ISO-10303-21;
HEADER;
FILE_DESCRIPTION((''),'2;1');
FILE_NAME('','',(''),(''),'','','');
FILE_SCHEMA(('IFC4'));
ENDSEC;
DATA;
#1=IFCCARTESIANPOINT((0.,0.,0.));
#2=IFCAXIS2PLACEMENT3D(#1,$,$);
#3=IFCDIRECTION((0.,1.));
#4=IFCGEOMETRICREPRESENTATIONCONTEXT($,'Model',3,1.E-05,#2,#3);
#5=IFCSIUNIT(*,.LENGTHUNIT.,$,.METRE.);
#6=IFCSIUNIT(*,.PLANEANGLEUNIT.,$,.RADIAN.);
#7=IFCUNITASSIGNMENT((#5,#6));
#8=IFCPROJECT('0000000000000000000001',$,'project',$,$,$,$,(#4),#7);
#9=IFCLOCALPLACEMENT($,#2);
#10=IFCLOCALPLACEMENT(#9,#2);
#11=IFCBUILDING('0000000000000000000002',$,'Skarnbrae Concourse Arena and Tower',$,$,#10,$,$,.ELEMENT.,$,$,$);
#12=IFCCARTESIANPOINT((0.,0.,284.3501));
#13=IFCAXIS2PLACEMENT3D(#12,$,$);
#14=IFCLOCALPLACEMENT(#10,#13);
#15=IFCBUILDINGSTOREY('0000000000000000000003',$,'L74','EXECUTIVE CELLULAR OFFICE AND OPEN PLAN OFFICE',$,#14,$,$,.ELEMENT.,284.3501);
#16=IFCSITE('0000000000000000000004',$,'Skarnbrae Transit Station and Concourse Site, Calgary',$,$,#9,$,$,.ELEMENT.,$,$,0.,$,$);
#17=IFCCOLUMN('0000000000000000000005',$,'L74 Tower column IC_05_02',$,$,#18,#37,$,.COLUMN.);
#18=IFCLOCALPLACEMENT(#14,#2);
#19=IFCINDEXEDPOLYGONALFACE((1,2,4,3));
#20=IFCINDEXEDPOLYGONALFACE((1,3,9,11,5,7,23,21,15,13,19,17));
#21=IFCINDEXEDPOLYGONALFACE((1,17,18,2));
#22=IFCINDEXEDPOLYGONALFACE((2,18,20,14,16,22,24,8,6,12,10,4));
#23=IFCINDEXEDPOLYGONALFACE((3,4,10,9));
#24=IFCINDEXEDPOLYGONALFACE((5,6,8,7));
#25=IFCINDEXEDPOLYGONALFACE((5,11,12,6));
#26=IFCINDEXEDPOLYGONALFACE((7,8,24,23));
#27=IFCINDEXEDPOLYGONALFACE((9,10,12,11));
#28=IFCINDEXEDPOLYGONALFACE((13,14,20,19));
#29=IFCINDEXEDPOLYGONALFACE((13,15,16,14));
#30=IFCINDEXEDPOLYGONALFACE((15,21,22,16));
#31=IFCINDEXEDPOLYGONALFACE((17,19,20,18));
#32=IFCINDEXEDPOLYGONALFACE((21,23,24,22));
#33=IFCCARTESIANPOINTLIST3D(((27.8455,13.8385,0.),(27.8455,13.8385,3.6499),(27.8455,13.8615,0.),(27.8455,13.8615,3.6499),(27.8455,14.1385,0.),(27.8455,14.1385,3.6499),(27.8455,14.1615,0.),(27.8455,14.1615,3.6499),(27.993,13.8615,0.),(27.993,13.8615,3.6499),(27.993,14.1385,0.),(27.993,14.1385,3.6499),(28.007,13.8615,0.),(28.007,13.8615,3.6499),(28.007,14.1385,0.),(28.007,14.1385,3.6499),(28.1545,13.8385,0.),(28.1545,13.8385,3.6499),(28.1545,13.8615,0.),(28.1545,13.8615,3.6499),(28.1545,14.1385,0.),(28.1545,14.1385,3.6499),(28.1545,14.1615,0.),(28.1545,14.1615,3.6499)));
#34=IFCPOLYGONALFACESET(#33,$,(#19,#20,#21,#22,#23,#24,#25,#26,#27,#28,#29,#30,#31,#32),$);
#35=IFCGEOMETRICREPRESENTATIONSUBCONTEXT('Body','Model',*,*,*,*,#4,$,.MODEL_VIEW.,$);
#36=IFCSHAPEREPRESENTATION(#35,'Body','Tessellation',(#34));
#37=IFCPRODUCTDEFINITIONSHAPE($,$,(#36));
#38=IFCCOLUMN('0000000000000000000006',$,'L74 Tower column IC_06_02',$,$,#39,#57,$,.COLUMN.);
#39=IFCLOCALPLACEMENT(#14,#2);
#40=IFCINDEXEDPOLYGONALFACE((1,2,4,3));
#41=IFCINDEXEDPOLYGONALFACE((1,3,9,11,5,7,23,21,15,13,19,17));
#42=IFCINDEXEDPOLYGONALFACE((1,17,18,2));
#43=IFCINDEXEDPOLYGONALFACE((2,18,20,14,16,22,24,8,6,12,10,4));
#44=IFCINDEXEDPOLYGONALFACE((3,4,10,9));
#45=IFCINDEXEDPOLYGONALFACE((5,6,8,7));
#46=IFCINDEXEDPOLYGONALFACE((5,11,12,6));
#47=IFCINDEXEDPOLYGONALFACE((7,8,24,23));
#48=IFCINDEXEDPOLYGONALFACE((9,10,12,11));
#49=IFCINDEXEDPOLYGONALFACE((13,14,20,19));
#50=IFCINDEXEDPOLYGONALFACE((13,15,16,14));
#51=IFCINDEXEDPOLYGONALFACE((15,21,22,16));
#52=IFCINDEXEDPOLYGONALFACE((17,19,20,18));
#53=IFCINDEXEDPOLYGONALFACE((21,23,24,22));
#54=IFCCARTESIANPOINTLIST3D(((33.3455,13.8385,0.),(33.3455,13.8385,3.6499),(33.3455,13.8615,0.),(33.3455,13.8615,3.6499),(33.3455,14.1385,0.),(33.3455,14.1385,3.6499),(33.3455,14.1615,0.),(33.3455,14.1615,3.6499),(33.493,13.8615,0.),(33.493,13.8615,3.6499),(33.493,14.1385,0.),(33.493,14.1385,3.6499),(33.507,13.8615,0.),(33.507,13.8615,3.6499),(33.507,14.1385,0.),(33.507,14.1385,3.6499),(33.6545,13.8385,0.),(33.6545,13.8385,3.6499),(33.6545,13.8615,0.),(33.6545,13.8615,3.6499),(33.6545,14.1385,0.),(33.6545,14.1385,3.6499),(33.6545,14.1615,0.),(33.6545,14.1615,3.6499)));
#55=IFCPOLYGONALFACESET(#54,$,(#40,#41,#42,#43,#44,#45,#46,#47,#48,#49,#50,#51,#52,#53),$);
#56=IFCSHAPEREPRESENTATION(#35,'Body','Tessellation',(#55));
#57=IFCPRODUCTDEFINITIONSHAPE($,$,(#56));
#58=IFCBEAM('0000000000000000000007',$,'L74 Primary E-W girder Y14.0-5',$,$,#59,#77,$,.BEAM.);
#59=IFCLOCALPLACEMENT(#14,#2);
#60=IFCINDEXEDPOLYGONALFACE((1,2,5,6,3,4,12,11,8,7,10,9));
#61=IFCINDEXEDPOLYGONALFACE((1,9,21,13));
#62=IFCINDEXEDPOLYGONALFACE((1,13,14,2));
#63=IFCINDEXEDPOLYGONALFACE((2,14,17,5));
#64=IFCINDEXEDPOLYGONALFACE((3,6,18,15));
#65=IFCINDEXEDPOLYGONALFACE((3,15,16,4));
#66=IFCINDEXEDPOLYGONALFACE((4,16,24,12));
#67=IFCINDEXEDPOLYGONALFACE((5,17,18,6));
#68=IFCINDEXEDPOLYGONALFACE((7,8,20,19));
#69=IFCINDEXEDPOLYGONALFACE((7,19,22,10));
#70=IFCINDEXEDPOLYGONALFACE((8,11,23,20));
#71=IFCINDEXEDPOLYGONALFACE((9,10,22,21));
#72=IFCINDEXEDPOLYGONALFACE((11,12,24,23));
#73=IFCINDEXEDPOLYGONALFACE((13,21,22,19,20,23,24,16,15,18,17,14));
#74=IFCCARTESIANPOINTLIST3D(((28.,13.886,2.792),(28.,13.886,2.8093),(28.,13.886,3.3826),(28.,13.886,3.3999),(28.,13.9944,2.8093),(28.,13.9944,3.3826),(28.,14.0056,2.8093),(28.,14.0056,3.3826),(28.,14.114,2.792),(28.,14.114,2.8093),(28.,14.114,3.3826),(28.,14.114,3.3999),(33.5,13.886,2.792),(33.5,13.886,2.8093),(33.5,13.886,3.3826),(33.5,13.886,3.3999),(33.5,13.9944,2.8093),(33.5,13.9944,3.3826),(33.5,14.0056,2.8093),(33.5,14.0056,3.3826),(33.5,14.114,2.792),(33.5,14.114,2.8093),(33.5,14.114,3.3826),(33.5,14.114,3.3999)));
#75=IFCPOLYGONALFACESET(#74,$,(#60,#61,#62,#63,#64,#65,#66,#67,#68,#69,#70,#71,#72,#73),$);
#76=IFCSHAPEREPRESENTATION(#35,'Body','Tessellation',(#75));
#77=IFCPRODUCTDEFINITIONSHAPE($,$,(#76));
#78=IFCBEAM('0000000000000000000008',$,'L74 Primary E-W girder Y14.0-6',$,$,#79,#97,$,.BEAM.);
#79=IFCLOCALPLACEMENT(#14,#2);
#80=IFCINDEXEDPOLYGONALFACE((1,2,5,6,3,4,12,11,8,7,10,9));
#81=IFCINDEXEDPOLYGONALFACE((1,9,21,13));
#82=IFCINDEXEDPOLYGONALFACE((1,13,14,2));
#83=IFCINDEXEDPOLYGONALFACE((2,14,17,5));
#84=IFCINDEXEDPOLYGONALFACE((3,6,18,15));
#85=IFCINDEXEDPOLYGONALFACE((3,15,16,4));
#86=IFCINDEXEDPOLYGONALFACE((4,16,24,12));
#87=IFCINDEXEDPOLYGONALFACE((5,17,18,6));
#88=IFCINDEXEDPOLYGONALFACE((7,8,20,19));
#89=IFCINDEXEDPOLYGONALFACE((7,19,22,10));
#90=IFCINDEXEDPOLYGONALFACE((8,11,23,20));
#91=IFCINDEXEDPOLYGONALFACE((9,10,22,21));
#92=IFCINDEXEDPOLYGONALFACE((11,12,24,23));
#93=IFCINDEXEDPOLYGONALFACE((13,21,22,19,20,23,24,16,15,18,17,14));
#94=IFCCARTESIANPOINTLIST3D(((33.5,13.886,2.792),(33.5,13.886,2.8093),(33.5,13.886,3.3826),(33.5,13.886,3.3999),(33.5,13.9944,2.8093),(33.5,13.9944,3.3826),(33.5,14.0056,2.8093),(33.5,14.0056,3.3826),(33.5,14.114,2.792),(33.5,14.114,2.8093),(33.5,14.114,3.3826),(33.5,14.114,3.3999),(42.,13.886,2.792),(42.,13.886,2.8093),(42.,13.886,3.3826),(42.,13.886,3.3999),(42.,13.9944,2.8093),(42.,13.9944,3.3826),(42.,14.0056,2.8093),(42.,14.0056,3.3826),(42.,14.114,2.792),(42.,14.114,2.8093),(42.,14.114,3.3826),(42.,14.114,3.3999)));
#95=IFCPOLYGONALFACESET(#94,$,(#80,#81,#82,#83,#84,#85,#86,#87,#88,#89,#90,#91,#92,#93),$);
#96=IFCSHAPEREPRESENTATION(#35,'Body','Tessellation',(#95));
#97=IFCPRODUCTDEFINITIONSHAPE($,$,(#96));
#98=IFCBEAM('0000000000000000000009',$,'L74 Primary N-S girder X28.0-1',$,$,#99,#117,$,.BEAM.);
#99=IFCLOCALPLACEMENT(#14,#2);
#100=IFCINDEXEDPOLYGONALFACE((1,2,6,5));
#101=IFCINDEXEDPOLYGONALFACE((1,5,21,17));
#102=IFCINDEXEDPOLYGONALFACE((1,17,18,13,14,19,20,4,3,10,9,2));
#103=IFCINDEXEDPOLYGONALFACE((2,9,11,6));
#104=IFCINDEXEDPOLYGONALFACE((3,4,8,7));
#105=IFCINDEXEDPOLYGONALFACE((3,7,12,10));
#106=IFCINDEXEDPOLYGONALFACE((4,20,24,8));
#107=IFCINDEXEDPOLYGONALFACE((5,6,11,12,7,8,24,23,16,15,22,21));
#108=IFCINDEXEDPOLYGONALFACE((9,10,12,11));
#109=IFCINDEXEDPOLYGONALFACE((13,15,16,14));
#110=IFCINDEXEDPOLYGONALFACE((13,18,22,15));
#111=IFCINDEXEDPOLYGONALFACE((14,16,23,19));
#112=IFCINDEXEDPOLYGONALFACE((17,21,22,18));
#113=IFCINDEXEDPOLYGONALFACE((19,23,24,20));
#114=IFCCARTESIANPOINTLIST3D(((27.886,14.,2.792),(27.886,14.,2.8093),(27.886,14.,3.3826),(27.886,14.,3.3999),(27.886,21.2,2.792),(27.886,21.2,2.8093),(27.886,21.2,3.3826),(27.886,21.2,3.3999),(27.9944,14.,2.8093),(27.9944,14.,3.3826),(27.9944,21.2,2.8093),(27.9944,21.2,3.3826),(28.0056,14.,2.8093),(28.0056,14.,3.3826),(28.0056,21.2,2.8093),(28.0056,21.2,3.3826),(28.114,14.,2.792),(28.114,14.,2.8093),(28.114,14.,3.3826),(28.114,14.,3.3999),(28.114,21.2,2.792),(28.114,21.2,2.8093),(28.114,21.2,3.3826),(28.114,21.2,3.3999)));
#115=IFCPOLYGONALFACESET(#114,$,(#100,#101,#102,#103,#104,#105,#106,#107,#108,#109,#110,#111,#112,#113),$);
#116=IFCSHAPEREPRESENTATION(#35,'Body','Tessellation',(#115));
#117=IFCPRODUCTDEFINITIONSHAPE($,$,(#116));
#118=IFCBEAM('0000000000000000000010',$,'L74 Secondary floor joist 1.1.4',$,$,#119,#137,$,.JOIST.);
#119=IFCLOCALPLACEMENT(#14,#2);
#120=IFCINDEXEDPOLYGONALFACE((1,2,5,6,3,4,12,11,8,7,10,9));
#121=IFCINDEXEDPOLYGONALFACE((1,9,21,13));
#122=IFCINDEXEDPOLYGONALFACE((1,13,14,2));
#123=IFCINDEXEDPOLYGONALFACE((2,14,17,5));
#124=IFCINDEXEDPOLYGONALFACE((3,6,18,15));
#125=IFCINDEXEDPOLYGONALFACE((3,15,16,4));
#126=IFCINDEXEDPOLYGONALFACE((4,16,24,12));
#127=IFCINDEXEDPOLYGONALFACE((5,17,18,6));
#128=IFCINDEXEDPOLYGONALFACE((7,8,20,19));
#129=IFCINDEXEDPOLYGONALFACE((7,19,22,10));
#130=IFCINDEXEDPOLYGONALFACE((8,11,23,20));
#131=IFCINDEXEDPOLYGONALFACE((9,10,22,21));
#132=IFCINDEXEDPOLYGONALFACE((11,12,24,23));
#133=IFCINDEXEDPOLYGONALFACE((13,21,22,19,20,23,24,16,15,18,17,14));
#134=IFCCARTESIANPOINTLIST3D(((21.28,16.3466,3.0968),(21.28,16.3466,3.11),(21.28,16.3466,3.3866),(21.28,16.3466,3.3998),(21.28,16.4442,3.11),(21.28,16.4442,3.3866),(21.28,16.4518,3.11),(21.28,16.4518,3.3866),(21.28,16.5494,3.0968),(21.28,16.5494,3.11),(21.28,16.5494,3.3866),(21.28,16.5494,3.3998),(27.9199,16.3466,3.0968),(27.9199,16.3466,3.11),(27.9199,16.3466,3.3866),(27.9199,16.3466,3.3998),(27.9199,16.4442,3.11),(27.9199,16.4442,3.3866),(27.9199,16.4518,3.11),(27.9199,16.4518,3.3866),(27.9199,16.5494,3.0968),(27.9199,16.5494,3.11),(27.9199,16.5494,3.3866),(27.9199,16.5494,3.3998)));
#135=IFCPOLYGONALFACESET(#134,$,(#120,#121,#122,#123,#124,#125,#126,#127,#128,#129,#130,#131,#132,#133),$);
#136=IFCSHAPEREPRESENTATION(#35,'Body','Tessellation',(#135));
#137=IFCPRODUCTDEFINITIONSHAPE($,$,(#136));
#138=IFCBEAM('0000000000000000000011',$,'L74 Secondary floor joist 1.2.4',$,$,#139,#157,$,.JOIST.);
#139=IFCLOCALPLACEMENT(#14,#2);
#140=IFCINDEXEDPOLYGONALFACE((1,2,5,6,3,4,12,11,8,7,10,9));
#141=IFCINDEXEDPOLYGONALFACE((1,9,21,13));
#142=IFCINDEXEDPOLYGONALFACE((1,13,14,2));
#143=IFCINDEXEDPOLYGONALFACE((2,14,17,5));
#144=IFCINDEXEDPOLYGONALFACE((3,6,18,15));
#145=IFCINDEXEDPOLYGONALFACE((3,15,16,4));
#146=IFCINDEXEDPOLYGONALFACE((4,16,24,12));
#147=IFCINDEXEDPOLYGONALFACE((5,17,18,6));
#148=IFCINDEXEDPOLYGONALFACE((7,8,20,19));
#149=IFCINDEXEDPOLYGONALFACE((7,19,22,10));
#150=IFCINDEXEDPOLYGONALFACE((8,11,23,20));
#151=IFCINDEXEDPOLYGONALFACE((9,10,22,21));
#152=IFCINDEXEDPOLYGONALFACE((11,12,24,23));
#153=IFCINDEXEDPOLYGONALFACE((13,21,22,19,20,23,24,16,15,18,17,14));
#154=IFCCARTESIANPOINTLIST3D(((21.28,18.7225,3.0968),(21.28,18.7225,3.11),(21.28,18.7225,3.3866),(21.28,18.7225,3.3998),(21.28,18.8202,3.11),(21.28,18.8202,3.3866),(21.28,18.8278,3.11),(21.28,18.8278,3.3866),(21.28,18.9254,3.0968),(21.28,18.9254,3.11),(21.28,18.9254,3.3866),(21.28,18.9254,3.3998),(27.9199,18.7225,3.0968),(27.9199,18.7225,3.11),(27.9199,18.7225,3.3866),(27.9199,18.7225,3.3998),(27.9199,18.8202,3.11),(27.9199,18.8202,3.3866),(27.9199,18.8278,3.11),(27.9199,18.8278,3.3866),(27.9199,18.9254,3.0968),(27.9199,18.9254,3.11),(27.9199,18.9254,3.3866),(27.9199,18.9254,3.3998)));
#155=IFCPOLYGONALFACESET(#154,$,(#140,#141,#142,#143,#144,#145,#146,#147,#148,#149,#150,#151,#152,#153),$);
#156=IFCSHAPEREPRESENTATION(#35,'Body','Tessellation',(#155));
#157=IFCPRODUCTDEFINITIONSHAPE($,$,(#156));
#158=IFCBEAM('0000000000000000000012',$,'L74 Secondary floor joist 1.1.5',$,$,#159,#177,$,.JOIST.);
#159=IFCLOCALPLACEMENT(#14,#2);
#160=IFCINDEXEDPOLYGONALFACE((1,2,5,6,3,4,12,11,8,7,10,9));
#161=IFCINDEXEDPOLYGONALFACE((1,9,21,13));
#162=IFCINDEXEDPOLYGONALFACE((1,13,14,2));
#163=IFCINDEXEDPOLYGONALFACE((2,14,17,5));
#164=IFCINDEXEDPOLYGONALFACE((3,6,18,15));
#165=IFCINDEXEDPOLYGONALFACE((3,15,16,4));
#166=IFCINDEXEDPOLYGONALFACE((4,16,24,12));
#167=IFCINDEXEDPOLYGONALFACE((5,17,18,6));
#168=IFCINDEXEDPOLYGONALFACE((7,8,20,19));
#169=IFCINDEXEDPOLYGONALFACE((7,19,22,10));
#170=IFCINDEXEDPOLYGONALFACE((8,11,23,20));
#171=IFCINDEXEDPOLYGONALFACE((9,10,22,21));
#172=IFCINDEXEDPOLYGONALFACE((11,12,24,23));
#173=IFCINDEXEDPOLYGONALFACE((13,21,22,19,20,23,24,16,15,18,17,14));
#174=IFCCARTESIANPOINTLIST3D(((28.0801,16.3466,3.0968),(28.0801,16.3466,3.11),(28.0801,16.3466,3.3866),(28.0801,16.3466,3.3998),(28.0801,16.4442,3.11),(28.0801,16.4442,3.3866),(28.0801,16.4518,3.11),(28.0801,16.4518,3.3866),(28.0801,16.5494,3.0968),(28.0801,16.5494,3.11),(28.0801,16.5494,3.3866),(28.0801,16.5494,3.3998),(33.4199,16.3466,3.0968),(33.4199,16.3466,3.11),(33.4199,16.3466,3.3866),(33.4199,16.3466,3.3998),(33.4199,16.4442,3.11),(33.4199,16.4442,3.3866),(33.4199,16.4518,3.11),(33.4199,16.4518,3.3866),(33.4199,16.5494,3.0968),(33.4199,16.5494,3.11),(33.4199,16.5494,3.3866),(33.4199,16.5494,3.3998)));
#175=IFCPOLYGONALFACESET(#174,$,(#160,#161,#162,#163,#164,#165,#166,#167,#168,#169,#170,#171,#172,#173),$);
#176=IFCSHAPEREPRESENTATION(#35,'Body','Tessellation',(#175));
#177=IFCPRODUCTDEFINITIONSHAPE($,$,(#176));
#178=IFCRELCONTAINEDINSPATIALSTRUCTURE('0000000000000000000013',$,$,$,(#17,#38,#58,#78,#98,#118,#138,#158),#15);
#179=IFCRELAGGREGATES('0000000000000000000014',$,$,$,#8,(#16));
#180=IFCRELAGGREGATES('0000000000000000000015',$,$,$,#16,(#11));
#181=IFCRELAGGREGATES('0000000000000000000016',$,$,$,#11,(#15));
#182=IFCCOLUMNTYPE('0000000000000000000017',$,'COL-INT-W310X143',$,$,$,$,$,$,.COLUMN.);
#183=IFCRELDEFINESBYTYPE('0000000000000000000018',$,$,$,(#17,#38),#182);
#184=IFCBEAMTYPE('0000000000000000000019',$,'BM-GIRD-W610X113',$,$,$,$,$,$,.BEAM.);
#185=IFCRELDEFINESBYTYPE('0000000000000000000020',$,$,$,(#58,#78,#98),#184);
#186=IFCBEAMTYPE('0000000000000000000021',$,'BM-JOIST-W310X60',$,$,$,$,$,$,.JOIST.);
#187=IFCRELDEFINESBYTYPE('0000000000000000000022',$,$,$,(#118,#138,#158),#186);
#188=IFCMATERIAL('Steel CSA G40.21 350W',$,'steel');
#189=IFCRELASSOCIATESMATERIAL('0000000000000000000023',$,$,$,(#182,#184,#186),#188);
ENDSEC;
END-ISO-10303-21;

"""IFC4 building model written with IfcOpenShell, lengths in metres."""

from ifc_helpers import new_model, si_unit, direction, frame, origin, origin_2d, place, context, subcontext, project, spatial, i_section, extrude, source, transform, mapped, material, material_profile, profile_set, type_object, element, save


model = new_model("IFC4")

# Units and contexts
model_context = context("Model", 3, precision=1e-05, world=origin(), true_north=direction((0.0, 1.0)))
body_context = subcontext(model_context, "Body", "Model", "MODEL_VIEW")
ifc_project = project(units=[si_unit("LENGTHUNIT", "METRE"), si_unit("PLANEANGLEUNIT", "RADIAN")], contexts=[model_context])

# Site, building, storey
site_placement = place(None, origin())
site = spatial("IfcSite", under=ifc_project, at=site_placement, Name="Skarnbrae Transit Station and Concourse Site, Calgary", CompositionType="ELEMENT", RefElevation=0.0)
building_placement = place(site_placement, origin())
building = spatial("IfcBuilding", under=site, at=building_placement, Name="Skarnbrae Concourse Arena and Tower", CompositionType="ELEMENT")
storey_placement = place(building_placement, frame((0.0, 0.0, 284.3501)))
storey = spatial("IfcBuildingStorey", under=building, at=storey_placement, Name="L74", Description="EXECUTIVE CELLULAR OFFICE AND OPEN PLAN OFFICE", CompositionType="ELEMENT", Elevation=284.3501)

# Columns
ifc_material_1 = material(Name="Steel CSA G40.21 350W", Category="steel")
ifc_material_profile_1 = material_profile(ifc_material_1, i_section(OverallWidth=0.3091, OverallDepth=0.323, WebThickness=0.0139, FlangeThickness=0.0229, at=origin_2d()), Name="W310X143")
ifc_profile_set_1 = profile_set([ifc_material_profile_1], Name="Steel CSA G40.21 350W")
column_type = type_object("IfcColumnType", Name="COL-INT-W310X143", PredefinedType="COLUMN", material=ifc_profile_set_1)
shared_shape_1 = source(origin(), body_context, "Body", "SweptSolid", [
    extrude(i_section(OverallWidth=0.3091, OverallDepth=0.323, WebThickness=0.0139, FlangeThickness=0.0229, at=origin_2d()), origin(), (0.0, 0.0, 1.0), 3.6499),
])
for number, where, z_axis, x_axis, name in (
    (1, (28.0, 14.0, 0.0), (0.0, 0.0, 1.0), (1.0, 0.0, 0.0), "L74 Tower column IC_05_02"),
    (2, (33.5, 14.0, 0.0), (0.0, 0.0, 1.0), (1.0, 0.0, 0.0), "L74 Tower column IC_06_02"),
):
    element("IfcColumn", number, at=place(storey_placement, frame(where, z_axis=z_axis, x_axis=x_axis)), inside=storey, type_object=column_type, Name=name, PredefinedType="COLUMN", context=body_context, shape_type="MappedRepresentation", body=[
        mapped(shared_shape_1, transform((0.0, 0.0, 0.0))),
    ])

# Beams
ifc_material_profile_2 = material_profile(ifc_material_1, i_section(OverallWidth=0.228, OverallDepth=0.6079, WebThickness=0.0112, FlangeThickness=0.0173, at=origin_2d()), Name="W610X113")
ifc_profile_set_2 = profile_set([ifc_material_profile_2], Name="Steel CSA G40.21 350W")
beam_type_1 = type_object("IfcBeamType", Name="BM-GIRD-W610X113", PredefinedType="BEAM", material=ifc_profile_set_2)
shared_shape_2 = source(origin(), body_context, "Body", "SweptSolid", [
    extrude(i_section(OverallWidth=0.228, OverallDepth=0.6079, WebThickness=0.0112, FlangeThickness=0.0173, at=origin_2d()), origin(), (0.0, 0.0, 1.0), 5.5),
])
beam_1_placement = place(storey_placement, frame((28.0, 14.0, 3.0959), z_axis=(1.0, 0.0, 0.0), x_axis=(0.0, 1.0, 0.0)))
element("IfcBeam", 3, at=beam_1_placement, inside=storey, type_object=beam_type_1, Name="L74 Primary E-W girder Y14.0-5", PredefinedType="BEAM", context=body_context, shape_type="MappedRepresentation", body=[
    mapped(shared_shape_2, transform((0.0, 0.0, 0.0))),
])
shared_shape_3 = source(origin(), body_context, "Body", "SweptSolid", [
    extrude(i_section(OverallWidth=0.228, OverallDepth=0.6079, WebThickness=0.0112, FlangeThickness=0.0173, at=origin_2d()), origin(), (0.0, 0.0, 1.0), 8.5),
])
beam_2_placement = place(storey_placement, frame((33.5, 14.0, 3.0959), z_axis=(1.0, 0.0, 0.0), x_axis=(0.0, 1.0, 0.0)))
element("IfcBeam", 4, at=beam_2_placement, inside=storey, type_object=beam_type_1, Name="L74 Primary E-W girder Y14.0-6", PredefinedType="BEAM", context=body_context, shape_type="MappedRepresentation", body=[
    mapped(shared_shape_3, transform((0.0, 0.0, 0.0))),
])
shared_shape_4 = source(origin(), body_context, "Body", "SweptSolid", [
    extrude(i_section(OverallWidth=0.228, OverallDepth=0.6079, WebThickness=0.0112, FlangeThickness=0.0173, at=origin_2d()), origin(), (0.0, 0.0, 1.0), 7.2),
])
beam_3_placement = place(storey_placement, frame((28.0, 14.0, 3.0959), z_axis=(0.0, 1.0, 0.0), x_axis=(-1.0, 0.0, 0.0)))
element("IfcBeam", 5, at=beam_3_placement, inside=storey, type_object=beam_type_1, Name="L74 Primary N-S girder X28.0-1", PredefinedType="BEAM", context=body_context, shape_type="MappedRepresentation", body=[
    mapped(shared_shape_4, transform((0.0, 0.0, 0.0))),
])
ifc_material_profile_3 = material_profile(ifc_material_1, i_section(OverallWidth=0.2029, OverallDepth=0.303, WebThickness=0.0076, FlangeThickness=0.0132, at=origin_2d()), Name="W310X60")
ifc_profile_set_3 = profile_set([ifc_material_profile_3], Name="Steel CSA G40.21 350W")
beam_type_2 = type_object("IfcBeamType", Name="BM-JOIST-W310X60", PredefinedType="JOIST", material=ifc_profile_set_3)
shared_shape_5 = source(origin(), body_context, "Body", "SweptSolid", [
    extrude(i_section(OverallWidth=0.2029, OverallDepth=0.303, WebThickness=0.0076, FlangeThickness=0.0132, at=origin_2d()), origin(), (0.0, 0.0, 1.0), 6.6399),
])
for number, where, z_axis, x_axis, name in (
    (6, (21.28, 16.448, 3.2483), (1.0, 0.0, 0.0), (0.0, 1.0, 0.0), "L74 Secondary floor joist 1.1.4"),
    (7, (21.28, 18.824, 3.2483), (1.0, 0.0, 0.0), (0.0, 1.0, 0.0), "L74 Secondary floor joist 1.2.4"),
):
    element("IfcBeam", number, at=place(storey_placement, frame(where, z_axis=z_axis, x_axis=x_axis)), inside=storey, type_object=beam_type_2, Name=name, PredefinedType="JOIST", context=body_context, shape_type="MappedRepresentation", body=[
        mapped(shared_shape_5, transform((0.0, 0.0, 0.0))),
    ])
shared_shape_6 = source(origin(), body_context, "Body", "SweptSolid", [
    extrude(i_section(OverallWidth=0.2029, OverallDepth=0.303, WebThickness=0.0076, FlangeThickness=0.0132, at=origin_2d()), origin(), (0.0, 0.0, 1.0), 5.3398),
])
for number, where, z_axis, x_axis, name in (
    (8, (28.0801, 16.448, 3.2483), (1.0, 0.0, 0.0), (0.0, 1.0, 0.0), "L74 Secondary floor joist 1.1.5"),
):
    element("IfcBeam", number, at=place(storey_placement, frame(where, z_axis=z_axis, x_axis=x_axis)), inside=storey, type_object=beam_type_2, Name=name, PredefinedType="JOIST", context=body_context, shape_type="MappedRepresentation", body=[
        mapped(shared_shape_6, transform((0.0, 0.0, 0.0))),
    ])

save(model, "model.ifc")
